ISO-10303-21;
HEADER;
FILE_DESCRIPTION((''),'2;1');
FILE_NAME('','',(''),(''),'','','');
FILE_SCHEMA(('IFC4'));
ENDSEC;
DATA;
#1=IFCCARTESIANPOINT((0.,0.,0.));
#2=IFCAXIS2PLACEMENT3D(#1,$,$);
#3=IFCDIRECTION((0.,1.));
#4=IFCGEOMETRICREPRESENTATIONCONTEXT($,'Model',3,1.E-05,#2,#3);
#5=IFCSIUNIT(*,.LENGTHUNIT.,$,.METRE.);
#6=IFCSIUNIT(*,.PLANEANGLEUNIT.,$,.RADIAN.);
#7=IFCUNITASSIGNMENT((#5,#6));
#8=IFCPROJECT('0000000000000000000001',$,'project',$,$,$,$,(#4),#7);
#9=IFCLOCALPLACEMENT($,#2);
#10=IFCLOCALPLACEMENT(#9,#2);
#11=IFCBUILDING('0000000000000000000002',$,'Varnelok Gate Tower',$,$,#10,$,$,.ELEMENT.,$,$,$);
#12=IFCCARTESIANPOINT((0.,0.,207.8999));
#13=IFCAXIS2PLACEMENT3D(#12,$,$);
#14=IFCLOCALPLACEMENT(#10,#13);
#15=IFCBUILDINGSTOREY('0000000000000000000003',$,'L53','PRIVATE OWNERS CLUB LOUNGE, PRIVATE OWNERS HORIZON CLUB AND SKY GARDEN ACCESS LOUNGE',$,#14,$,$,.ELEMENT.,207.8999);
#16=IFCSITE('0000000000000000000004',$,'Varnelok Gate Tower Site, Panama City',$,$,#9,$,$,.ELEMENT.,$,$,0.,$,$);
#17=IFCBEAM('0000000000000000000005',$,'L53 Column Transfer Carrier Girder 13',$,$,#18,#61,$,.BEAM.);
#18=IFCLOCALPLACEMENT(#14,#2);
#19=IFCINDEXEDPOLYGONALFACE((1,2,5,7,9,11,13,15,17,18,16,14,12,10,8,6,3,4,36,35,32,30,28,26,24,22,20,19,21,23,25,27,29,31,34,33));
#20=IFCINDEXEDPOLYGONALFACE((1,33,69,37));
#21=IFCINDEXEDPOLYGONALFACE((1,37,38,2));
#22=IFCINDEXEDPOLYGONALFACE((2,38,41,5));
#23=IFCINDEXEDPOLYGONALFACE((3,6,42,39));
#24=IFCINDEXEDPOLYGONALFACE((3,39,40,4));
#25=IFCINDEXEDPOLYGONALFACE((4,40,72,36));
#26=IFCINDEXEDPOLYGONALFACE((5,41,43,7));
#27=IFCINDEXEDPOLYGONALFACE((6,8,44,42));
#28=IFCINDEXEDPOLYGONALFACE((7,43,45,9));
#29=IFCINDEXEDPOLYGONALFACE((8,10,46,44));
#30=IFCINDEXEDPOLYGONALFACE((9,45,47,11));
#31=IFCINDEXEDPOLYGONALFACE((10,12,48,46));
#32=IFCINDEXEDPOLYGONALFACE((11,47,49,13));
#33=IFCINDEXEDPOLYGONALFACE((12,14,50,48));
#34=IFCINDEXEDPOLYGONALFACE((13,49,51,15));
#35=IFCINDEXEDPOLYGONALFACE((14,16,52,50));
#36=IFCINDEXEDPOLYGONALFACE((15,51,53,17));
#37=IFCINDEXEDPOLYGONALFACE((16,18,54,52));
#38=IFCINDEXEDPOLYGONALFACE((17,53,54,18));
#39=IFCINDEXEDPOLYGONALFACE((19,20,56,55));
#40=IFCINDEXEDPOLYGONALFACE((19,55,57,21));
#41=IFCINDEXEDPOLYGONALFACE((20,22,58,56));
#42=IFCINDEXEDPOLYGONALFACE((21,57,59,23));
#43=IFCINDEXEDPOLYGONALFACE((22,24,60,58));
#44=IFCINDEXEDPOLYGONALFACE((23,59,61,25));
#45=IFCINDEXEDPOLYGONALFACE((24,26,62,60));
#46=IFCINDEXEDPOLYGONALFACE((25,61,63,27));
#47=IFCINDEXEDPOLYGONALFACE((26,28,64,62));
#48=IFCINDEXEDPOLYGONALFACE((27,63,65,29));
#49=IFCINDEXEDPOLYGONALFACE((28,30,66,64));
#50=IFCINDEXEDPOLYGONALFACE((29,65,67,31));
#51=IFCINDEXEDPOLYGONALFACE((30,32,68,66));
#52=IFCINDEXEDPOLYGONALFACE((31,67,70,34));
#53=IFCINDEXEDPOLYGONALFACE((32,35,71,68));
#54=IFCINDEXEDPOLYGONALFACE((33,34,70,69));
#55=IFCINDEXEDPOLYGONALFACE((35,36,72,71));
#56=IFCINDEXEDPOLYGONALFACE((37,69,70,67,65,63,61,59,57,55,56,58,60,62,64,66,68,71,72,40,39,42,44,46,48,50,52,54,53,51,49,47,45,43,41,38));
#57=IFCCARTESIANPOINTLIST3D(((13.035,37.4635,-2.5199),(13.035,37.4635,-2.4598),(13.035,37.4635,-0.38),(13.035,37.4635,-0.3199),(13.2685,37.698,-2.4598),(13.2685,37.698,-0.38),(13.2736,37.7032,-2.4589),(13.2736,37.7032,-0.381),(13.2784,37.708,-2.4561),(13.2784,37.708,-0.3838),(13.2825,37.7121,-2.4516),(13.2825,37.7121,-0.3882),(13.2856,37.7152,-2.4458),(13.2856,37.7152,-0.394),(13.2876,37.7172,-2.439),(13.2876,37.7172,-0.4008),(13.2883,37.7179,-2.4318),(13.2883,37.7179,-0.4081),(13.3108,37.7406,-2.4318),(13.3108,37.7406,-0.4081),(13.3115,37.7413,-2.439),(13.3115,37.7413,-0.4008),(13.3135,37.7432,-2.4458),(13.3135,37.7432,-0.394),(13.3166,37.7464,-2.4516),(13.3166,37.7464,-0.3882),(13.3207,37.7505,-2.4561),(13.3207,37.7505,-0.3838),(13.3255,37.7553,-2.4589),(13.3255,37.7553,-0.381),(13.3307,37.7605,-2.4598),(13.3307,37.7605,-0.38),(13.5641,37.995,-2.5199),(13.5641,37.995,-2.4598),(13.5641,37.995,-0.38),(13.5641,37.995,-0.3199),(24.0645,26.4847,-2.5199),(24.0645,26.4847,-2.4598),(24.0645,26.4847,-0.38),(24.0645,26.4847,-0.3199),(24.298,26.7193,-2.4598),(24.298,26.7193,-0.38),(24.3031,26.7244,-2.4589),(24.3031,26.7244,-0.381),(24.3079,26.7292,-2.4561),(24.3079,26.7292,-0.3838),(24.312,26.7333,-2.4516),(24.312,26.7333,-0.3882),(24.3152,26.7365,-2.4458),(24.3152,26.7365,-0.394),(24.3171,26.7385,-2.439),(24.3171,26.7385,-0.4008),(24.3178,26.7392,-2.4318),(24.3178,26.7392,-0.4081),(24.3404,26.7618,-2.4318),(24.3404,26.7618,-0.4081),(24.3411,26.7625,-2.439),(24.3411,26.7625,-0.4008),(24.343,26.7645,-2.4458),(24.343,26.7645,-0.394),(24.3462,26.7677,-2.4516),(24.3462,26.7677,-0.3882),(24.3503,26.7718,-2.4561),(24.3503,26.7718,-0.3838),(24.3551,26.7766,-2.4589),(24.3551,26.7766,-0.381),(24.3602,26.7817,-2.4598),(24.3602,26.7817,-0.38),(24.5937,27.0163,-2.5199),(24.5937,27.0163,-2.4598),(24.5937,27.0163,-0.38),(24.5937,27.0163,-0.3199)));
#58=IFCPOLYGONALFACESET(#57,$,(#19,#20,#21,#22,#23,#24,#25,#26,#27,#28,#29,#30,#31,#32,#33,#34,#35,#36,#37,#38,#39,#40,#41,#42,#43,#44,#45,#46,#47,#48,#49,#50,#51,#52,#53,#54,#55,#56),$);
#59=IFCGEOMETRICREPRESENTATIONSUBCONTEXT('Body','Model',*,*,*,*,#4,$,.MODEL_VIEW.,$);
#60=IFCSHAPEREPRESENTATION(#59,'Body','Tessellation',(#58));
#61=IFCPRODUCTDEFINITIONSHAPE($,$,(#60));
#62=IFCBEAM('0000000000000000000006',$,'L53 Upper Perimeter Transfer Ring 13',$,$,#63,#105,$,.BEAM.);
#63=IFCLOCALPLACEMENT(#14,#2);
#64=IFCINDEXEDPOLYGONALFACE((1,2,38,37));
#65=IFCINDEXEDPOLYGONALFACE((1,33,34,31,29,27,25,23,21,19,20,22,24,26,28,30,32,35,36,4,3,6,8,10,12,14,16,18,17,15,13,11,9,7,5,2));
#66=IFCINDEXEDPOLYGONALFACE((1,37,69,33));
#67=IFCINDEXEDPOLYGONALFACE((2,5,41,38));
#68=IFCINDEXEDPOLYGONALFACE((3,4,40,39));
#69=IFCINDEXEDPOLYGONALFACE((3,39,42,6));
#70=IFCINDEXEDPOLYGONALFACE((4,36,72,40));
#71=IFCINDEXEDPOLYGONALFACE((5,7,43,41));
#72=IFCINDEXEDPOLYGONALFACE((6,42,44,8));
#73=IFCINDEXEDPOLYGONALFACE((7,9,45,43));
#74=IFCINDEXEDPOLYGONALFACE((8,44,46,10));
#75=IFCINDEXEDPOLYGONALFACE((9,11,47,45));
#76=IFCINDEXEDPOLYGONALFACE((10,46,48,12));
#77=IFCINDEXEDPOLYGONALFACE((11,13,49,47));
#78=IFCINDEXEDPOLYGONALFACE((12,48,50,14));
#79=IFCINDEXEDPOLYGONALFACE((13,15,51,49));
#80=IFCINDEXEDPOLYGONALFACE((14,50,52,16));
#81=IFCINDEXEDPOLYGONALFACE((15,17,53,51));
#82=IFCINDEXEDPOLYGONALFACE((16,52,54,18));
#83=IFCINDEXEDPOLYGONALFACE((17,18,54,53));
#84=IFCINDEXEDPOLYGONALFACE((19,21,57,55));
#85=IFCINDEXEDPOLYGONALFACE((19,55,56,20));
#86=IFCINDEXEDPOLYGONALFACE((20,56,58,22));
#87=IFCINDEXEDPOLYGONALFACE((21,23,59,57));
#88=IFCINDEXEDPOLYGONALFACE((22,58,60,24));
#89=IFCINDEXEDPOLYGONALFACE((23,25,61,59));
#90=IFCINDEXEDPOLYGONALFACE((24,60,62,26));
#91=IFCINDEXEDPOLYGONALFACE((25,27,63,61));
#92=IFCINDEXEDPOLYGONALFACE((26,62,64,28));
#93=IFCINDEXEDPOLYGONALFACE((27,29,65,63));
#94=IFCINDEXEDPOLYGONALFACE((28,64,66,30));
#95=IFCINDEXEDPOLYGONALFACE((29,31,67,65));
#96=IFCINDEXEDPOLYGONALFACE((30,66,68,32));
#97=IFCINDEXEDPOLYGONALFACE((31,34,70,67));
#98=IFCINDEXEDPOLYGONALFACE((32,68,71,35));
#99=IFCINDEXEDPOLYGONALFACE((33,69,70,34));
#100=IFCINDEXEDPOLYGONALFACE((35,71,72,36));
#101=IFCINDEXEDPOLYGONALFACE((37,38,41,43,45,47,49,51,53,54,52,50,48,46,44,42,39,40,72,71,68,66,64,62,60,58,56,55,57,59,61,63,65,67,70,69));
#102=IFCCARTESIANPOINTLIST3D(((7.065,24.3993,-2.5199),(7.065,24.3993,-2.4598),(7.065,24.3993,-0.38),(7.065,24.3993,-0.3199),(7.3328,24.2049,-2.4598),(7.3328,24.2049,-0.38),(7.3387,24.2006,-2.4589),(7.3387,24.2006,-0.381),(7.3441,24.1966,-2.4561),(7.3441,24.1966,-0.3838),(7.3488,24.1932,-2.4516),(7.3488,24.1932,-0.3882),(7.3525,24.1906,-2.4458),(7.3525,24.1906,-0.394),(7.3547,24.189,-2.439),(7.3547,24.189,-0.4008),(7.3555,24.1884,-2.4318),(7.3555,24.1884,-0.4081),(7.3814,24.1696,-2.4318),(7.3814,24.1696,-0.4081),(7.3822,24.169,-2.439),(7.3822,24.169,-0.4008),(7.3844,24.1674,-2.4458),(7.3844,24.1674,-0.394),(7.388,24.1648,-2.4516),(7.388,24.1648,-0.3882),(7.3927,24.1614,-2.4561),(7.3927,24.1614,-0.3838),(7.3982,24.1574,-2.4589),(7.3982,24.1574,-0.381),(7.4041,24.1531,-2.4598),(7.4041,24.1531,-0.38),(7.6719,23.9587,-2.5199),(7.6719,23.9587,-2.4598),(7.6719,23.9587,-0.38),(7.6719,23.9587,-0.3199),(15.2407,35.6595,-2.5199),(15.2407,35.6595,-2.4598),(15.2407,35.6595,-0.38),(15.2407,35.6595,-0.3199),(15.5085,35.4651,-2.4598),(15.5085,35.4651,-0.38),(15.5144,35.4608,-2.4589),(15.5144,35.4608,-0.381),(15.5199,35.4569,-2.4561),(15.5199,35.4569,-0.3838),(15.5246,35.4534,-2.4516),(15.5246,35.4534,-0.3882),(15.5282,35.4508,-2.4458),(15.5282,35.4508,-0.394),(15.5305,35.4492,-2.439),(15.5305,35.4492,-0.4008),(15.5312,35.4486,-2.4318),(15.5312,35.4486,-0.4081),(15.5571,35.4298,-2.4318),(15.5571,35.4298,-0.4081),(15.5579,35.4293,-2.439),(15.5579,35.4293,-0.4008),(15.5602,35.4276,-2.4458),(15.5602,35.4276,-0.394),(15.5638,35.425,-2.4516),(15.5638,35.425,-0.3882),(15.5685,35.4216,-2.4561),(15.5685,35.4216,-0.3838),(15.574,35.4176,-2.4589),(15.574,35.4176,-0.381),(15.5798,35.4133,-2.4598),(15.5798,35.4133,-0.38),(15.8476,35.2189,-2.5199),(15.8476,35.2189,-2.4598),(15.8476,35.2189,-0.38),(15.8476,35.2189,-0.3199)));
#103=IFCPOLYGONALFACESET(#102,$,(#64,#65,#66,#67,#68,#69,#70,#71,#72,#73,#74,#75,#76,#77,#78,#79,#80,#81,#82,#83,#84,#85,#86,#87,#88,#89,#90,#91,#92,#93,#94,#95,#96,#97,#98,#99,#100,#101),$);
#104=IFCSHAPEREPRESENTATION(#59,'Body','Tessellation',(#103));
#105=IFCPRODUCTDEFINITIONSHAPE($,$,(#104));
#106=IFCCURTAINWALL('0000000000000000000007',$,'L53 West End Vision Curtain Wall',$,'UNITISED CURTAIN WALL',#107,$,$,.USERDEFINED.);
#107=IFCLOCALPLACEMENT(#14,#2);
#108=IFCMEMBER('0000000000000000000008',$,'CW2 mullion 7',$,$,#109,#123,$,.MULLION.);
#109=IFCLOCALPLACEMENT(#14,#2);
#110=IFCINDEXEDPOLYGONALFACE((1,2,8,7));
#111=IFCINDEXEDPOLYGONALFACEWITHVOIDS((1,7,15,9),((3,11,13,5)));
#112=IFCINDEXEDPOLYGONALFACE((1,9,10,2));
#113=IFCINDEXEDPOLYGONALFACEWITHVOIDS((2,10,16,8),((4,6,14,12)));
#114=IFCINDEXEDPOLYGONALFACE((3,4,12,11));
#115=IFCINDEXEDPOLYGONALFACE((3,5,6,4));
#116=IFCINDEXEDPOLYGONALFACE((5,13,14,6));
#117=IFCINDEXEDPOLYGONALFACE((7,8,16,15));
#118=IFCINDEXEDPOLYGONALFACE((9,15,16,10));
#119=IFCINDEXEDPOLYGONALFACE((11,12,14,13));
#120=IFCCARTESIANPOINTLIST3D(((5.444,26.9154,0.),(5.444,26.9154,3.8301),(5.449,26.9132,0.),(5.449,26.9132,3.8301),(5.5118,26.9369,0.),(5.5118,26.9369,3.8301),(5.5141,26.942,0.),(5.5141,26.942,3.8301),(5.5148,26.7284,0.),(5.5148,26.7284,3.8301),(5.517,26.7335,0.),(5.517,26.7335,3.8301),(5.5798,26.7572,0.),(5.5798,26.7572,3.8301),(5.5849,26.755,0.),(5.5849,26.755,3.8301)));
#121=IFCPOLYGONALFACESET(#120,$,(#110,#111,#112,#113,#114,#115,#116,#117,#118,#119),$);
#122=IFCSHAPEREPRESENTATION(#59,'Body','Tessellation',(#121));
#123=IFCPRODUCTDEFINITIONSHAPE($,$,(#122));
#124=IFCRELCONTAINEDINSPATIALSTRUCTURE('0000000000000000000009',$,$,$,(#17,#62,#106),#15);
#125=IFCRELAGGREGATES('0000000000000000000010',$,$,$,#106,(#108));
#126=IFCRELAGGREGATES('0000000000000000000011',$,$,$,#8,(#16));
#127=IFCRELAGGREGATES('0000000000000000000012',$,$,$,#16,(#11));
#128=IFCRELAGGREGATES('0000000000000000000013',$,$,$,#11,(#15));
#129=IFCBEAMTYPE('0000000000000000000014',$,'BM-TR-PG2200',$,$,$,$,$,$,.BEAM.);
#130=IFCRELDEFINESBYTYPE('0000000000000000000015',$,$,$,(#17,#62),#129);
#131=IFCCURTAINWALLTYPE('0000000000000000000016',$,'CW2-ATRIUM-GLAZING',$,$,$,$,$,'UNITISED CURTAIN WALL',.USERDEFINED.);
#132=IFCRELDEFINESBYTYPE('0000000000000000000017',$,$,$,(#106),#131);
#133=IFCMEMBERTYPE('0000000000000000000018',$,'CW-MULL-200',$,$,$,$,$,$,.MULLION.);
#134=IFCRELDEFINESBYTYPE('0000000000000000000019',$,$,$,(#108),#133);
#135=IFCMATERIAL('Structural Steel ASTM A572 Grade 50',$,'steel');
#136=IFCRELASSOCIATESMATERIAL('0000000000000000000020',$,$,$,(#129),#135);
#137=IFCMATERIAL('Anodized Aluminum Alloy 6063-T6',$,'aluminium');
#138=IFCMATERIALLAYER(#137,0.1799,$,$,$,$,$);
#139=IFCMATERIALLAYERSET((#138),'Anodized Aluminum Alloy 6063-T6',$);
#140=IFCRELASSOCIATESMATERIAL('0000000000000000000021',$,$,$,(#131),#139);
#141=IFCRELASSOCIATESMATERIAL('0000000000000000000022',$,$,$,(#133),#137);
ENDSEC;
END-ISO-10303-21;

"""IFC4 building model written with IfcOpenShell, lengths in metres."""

from ifc_helpers import new_model, si_unit, direction, frame, origin, origin_2d, place, context, subcontext, project, spatial, hollow_rectangle, i_section, extrude, material, layer, layer_set, material_profile, profile_set, type_object, element, aggregate, save


model = new_model("IFC4")

# Units and contexts
model_context = context("Model", 3, precision=1e-05, world=origin(), true_north=direction((0.0, 1.0)))
body_context = subcontext(model_context, "Body", "Model", "MODEL_VIEW")
ifc_project = project(units=[si_unit("LENGTHUNIT", "METRE"), si_unit("PLANEANGLEUNIT", "RADIAN")], contexts=[model_context])

# Site, building, storey
site_placement = place(None, origin())
site = spatial("IfcSite", under=ifc_project, at=site_placement, Name="Varnelok Gate Tower Site, Panama City", CompositionType="ELEMENT", RefElevation=0.0)
building_placement = place(site_placement, origin())
building = spatial("IfcBuilding", under=site, at=building_placement, Name="Varnelok Gate Tower", CompositionType="ELEMENT")
storey_placement = place(building_placement, frame((0.0, 0.0, 207.8999)))
storey = spatial("IfcBuildingStorey", under=building, at=storey_placement, Name="L53", Description="PRIVATE OWNERS CLUB LOUNGE, PRIVATE OWNERS HORIZON CLUB AND SKY GARDEN ACCESS LOUNGE", CompositionType="ELEMENT", Elevation=207.8999)

# Beams
ifc_material_1 = material(Name="Structural Steel ASTM A572 Grade 50", Category="steel")
ifc_material_profile_1 = material_profile(ifc_material_1, i_section(OverallWidth=0.75, OverallDepth=2.2, WebThickness=0.032, FlangeThickness=0.0601, FilletRadius=0.0281, at=origin_2d()), Name="PG2200X750")
ifc_profile_set_1 = profile_set([ifc_material_profile_1], Name="Structural Steel ASTM A572 Grade 50")
beam_type = type_object("IfcBeamType", Name="BM-TR-PG2200", PredefinedType="BEAM", material=ifc_profile_set_1)
beam_1_placement = place(storey_placement, frame((24.3291, 26.7505, -1.4199), z_axis=(-0.708736, 0.705473, 0.0), x_axis=(-0.705473, -0.708736, 0.0)))
element("IfcBeam", 1, at=beam_1_placement, inside=storey, type_object=beam_type, Name="L53 Column Transfer Carrier Girder 13", PredefinedType="BEAM", context=body_context, shape_type="SweptSolid", body=[
    extrude(i_section(OverallWidth=0.75, OverallDepth=2.2, WebThickness=0.032, FlangeThickness=0.0601, FilletRadius=0.0281, at=origin_2d()), origin(), (0.0, 0.0, 1.0), 15.5623),
])
beam_2_placement = place(storey_placement, frame((15.5442, 35.4392, -1.4199), z_axis=(-0.587537, -0.809197, 0.0), x_axis=(0.809197, -0.587537, 0.0)))
element("IfcBeam", 2, at=beam_2_placement, inside=storey, type_object=beam_type, Name="L53 Upper Perimeter Transfer Ring 13", PredefinedType="BEAM", context=body_context, shape_type="SweptSolid", body=[
    extrude(i_section(OverallWidth=0.75, OverallDepth=2.2, WebThickness=0.032, FlangeThickness=0.0601, FilletRadius=0.0281, at=origin_2d()), origin(), (0.0, 0.0, 1.0), 13.9153),
])

# Curtain wall, member
ifc_material_2 = material(Name="Anodized Aluminum Alloy 6063-T6", Category="aluminium")
ifc_layer_1 = layer(ifc_material_2, 0.1799)
ifc_layer_set_1 = layer_set([ifc_layer_1], Name="Anodized Aluminum Alloy 6063-T6")
curtain_wall_type = type_object("IfcCurtainWallType", Name="CW2-ATRIUM-GLAZING", ElementType="UNITISED CURTAIN WALL", PredefinedType="USERDEFINED", material=ifc_layer_set_1)
curtain_wall_placement = place(storey_placement, origin())
curtain_wall = element("IfcCurtainWall", 3, at=curtain_wall_placement, inside=storey, type_object=curtain_wall_type, Name="L53 West End Vision Curtain Wall", ObjectType="UNITISED CURTAIN WALL", PredefinedType="USERDEFINED")
ifc_material_profile_2 = material_profile(ifc_material_2, hollow_rectangle(XDim=0.075, YDim=0.2, WallThickness=0.0039, at=origin_2d()), Name="ALU200X75X4")
ifc_profile_set_2 = profile_set([ifc_material_profile_2], Name="Anodized Aluminum Alloy 6063-T6")
member_type = type_object("IfcMemberType", Name="CW-MULL-200", PredefinedType="MULLION", material=ifc_profile_set_2)
member_placement = place(storey_placement, frame((5.5144, 26.8352, 0.0), z_axis=(0.0, 0.0, 1.0), x_axis=(-0.935221, -0.354064, 0.0)))
member = element("IfcMember", 4, at=member_placement, type_object=member_type, Name="CW2 mullion 7", PredefinedType="MULLION", context=body_context, shape_type="SweptSolid", body=[
    extrude(hollow_rectangle(XDim=0.075, YDim=0.2, WallThickness=0.0039, at=origin_2d()), origin(), (0.0, 0.0, 1.0), 3.8301),
])
aggregate(curtain_wall, [member])

save(model, "model.ifc")
